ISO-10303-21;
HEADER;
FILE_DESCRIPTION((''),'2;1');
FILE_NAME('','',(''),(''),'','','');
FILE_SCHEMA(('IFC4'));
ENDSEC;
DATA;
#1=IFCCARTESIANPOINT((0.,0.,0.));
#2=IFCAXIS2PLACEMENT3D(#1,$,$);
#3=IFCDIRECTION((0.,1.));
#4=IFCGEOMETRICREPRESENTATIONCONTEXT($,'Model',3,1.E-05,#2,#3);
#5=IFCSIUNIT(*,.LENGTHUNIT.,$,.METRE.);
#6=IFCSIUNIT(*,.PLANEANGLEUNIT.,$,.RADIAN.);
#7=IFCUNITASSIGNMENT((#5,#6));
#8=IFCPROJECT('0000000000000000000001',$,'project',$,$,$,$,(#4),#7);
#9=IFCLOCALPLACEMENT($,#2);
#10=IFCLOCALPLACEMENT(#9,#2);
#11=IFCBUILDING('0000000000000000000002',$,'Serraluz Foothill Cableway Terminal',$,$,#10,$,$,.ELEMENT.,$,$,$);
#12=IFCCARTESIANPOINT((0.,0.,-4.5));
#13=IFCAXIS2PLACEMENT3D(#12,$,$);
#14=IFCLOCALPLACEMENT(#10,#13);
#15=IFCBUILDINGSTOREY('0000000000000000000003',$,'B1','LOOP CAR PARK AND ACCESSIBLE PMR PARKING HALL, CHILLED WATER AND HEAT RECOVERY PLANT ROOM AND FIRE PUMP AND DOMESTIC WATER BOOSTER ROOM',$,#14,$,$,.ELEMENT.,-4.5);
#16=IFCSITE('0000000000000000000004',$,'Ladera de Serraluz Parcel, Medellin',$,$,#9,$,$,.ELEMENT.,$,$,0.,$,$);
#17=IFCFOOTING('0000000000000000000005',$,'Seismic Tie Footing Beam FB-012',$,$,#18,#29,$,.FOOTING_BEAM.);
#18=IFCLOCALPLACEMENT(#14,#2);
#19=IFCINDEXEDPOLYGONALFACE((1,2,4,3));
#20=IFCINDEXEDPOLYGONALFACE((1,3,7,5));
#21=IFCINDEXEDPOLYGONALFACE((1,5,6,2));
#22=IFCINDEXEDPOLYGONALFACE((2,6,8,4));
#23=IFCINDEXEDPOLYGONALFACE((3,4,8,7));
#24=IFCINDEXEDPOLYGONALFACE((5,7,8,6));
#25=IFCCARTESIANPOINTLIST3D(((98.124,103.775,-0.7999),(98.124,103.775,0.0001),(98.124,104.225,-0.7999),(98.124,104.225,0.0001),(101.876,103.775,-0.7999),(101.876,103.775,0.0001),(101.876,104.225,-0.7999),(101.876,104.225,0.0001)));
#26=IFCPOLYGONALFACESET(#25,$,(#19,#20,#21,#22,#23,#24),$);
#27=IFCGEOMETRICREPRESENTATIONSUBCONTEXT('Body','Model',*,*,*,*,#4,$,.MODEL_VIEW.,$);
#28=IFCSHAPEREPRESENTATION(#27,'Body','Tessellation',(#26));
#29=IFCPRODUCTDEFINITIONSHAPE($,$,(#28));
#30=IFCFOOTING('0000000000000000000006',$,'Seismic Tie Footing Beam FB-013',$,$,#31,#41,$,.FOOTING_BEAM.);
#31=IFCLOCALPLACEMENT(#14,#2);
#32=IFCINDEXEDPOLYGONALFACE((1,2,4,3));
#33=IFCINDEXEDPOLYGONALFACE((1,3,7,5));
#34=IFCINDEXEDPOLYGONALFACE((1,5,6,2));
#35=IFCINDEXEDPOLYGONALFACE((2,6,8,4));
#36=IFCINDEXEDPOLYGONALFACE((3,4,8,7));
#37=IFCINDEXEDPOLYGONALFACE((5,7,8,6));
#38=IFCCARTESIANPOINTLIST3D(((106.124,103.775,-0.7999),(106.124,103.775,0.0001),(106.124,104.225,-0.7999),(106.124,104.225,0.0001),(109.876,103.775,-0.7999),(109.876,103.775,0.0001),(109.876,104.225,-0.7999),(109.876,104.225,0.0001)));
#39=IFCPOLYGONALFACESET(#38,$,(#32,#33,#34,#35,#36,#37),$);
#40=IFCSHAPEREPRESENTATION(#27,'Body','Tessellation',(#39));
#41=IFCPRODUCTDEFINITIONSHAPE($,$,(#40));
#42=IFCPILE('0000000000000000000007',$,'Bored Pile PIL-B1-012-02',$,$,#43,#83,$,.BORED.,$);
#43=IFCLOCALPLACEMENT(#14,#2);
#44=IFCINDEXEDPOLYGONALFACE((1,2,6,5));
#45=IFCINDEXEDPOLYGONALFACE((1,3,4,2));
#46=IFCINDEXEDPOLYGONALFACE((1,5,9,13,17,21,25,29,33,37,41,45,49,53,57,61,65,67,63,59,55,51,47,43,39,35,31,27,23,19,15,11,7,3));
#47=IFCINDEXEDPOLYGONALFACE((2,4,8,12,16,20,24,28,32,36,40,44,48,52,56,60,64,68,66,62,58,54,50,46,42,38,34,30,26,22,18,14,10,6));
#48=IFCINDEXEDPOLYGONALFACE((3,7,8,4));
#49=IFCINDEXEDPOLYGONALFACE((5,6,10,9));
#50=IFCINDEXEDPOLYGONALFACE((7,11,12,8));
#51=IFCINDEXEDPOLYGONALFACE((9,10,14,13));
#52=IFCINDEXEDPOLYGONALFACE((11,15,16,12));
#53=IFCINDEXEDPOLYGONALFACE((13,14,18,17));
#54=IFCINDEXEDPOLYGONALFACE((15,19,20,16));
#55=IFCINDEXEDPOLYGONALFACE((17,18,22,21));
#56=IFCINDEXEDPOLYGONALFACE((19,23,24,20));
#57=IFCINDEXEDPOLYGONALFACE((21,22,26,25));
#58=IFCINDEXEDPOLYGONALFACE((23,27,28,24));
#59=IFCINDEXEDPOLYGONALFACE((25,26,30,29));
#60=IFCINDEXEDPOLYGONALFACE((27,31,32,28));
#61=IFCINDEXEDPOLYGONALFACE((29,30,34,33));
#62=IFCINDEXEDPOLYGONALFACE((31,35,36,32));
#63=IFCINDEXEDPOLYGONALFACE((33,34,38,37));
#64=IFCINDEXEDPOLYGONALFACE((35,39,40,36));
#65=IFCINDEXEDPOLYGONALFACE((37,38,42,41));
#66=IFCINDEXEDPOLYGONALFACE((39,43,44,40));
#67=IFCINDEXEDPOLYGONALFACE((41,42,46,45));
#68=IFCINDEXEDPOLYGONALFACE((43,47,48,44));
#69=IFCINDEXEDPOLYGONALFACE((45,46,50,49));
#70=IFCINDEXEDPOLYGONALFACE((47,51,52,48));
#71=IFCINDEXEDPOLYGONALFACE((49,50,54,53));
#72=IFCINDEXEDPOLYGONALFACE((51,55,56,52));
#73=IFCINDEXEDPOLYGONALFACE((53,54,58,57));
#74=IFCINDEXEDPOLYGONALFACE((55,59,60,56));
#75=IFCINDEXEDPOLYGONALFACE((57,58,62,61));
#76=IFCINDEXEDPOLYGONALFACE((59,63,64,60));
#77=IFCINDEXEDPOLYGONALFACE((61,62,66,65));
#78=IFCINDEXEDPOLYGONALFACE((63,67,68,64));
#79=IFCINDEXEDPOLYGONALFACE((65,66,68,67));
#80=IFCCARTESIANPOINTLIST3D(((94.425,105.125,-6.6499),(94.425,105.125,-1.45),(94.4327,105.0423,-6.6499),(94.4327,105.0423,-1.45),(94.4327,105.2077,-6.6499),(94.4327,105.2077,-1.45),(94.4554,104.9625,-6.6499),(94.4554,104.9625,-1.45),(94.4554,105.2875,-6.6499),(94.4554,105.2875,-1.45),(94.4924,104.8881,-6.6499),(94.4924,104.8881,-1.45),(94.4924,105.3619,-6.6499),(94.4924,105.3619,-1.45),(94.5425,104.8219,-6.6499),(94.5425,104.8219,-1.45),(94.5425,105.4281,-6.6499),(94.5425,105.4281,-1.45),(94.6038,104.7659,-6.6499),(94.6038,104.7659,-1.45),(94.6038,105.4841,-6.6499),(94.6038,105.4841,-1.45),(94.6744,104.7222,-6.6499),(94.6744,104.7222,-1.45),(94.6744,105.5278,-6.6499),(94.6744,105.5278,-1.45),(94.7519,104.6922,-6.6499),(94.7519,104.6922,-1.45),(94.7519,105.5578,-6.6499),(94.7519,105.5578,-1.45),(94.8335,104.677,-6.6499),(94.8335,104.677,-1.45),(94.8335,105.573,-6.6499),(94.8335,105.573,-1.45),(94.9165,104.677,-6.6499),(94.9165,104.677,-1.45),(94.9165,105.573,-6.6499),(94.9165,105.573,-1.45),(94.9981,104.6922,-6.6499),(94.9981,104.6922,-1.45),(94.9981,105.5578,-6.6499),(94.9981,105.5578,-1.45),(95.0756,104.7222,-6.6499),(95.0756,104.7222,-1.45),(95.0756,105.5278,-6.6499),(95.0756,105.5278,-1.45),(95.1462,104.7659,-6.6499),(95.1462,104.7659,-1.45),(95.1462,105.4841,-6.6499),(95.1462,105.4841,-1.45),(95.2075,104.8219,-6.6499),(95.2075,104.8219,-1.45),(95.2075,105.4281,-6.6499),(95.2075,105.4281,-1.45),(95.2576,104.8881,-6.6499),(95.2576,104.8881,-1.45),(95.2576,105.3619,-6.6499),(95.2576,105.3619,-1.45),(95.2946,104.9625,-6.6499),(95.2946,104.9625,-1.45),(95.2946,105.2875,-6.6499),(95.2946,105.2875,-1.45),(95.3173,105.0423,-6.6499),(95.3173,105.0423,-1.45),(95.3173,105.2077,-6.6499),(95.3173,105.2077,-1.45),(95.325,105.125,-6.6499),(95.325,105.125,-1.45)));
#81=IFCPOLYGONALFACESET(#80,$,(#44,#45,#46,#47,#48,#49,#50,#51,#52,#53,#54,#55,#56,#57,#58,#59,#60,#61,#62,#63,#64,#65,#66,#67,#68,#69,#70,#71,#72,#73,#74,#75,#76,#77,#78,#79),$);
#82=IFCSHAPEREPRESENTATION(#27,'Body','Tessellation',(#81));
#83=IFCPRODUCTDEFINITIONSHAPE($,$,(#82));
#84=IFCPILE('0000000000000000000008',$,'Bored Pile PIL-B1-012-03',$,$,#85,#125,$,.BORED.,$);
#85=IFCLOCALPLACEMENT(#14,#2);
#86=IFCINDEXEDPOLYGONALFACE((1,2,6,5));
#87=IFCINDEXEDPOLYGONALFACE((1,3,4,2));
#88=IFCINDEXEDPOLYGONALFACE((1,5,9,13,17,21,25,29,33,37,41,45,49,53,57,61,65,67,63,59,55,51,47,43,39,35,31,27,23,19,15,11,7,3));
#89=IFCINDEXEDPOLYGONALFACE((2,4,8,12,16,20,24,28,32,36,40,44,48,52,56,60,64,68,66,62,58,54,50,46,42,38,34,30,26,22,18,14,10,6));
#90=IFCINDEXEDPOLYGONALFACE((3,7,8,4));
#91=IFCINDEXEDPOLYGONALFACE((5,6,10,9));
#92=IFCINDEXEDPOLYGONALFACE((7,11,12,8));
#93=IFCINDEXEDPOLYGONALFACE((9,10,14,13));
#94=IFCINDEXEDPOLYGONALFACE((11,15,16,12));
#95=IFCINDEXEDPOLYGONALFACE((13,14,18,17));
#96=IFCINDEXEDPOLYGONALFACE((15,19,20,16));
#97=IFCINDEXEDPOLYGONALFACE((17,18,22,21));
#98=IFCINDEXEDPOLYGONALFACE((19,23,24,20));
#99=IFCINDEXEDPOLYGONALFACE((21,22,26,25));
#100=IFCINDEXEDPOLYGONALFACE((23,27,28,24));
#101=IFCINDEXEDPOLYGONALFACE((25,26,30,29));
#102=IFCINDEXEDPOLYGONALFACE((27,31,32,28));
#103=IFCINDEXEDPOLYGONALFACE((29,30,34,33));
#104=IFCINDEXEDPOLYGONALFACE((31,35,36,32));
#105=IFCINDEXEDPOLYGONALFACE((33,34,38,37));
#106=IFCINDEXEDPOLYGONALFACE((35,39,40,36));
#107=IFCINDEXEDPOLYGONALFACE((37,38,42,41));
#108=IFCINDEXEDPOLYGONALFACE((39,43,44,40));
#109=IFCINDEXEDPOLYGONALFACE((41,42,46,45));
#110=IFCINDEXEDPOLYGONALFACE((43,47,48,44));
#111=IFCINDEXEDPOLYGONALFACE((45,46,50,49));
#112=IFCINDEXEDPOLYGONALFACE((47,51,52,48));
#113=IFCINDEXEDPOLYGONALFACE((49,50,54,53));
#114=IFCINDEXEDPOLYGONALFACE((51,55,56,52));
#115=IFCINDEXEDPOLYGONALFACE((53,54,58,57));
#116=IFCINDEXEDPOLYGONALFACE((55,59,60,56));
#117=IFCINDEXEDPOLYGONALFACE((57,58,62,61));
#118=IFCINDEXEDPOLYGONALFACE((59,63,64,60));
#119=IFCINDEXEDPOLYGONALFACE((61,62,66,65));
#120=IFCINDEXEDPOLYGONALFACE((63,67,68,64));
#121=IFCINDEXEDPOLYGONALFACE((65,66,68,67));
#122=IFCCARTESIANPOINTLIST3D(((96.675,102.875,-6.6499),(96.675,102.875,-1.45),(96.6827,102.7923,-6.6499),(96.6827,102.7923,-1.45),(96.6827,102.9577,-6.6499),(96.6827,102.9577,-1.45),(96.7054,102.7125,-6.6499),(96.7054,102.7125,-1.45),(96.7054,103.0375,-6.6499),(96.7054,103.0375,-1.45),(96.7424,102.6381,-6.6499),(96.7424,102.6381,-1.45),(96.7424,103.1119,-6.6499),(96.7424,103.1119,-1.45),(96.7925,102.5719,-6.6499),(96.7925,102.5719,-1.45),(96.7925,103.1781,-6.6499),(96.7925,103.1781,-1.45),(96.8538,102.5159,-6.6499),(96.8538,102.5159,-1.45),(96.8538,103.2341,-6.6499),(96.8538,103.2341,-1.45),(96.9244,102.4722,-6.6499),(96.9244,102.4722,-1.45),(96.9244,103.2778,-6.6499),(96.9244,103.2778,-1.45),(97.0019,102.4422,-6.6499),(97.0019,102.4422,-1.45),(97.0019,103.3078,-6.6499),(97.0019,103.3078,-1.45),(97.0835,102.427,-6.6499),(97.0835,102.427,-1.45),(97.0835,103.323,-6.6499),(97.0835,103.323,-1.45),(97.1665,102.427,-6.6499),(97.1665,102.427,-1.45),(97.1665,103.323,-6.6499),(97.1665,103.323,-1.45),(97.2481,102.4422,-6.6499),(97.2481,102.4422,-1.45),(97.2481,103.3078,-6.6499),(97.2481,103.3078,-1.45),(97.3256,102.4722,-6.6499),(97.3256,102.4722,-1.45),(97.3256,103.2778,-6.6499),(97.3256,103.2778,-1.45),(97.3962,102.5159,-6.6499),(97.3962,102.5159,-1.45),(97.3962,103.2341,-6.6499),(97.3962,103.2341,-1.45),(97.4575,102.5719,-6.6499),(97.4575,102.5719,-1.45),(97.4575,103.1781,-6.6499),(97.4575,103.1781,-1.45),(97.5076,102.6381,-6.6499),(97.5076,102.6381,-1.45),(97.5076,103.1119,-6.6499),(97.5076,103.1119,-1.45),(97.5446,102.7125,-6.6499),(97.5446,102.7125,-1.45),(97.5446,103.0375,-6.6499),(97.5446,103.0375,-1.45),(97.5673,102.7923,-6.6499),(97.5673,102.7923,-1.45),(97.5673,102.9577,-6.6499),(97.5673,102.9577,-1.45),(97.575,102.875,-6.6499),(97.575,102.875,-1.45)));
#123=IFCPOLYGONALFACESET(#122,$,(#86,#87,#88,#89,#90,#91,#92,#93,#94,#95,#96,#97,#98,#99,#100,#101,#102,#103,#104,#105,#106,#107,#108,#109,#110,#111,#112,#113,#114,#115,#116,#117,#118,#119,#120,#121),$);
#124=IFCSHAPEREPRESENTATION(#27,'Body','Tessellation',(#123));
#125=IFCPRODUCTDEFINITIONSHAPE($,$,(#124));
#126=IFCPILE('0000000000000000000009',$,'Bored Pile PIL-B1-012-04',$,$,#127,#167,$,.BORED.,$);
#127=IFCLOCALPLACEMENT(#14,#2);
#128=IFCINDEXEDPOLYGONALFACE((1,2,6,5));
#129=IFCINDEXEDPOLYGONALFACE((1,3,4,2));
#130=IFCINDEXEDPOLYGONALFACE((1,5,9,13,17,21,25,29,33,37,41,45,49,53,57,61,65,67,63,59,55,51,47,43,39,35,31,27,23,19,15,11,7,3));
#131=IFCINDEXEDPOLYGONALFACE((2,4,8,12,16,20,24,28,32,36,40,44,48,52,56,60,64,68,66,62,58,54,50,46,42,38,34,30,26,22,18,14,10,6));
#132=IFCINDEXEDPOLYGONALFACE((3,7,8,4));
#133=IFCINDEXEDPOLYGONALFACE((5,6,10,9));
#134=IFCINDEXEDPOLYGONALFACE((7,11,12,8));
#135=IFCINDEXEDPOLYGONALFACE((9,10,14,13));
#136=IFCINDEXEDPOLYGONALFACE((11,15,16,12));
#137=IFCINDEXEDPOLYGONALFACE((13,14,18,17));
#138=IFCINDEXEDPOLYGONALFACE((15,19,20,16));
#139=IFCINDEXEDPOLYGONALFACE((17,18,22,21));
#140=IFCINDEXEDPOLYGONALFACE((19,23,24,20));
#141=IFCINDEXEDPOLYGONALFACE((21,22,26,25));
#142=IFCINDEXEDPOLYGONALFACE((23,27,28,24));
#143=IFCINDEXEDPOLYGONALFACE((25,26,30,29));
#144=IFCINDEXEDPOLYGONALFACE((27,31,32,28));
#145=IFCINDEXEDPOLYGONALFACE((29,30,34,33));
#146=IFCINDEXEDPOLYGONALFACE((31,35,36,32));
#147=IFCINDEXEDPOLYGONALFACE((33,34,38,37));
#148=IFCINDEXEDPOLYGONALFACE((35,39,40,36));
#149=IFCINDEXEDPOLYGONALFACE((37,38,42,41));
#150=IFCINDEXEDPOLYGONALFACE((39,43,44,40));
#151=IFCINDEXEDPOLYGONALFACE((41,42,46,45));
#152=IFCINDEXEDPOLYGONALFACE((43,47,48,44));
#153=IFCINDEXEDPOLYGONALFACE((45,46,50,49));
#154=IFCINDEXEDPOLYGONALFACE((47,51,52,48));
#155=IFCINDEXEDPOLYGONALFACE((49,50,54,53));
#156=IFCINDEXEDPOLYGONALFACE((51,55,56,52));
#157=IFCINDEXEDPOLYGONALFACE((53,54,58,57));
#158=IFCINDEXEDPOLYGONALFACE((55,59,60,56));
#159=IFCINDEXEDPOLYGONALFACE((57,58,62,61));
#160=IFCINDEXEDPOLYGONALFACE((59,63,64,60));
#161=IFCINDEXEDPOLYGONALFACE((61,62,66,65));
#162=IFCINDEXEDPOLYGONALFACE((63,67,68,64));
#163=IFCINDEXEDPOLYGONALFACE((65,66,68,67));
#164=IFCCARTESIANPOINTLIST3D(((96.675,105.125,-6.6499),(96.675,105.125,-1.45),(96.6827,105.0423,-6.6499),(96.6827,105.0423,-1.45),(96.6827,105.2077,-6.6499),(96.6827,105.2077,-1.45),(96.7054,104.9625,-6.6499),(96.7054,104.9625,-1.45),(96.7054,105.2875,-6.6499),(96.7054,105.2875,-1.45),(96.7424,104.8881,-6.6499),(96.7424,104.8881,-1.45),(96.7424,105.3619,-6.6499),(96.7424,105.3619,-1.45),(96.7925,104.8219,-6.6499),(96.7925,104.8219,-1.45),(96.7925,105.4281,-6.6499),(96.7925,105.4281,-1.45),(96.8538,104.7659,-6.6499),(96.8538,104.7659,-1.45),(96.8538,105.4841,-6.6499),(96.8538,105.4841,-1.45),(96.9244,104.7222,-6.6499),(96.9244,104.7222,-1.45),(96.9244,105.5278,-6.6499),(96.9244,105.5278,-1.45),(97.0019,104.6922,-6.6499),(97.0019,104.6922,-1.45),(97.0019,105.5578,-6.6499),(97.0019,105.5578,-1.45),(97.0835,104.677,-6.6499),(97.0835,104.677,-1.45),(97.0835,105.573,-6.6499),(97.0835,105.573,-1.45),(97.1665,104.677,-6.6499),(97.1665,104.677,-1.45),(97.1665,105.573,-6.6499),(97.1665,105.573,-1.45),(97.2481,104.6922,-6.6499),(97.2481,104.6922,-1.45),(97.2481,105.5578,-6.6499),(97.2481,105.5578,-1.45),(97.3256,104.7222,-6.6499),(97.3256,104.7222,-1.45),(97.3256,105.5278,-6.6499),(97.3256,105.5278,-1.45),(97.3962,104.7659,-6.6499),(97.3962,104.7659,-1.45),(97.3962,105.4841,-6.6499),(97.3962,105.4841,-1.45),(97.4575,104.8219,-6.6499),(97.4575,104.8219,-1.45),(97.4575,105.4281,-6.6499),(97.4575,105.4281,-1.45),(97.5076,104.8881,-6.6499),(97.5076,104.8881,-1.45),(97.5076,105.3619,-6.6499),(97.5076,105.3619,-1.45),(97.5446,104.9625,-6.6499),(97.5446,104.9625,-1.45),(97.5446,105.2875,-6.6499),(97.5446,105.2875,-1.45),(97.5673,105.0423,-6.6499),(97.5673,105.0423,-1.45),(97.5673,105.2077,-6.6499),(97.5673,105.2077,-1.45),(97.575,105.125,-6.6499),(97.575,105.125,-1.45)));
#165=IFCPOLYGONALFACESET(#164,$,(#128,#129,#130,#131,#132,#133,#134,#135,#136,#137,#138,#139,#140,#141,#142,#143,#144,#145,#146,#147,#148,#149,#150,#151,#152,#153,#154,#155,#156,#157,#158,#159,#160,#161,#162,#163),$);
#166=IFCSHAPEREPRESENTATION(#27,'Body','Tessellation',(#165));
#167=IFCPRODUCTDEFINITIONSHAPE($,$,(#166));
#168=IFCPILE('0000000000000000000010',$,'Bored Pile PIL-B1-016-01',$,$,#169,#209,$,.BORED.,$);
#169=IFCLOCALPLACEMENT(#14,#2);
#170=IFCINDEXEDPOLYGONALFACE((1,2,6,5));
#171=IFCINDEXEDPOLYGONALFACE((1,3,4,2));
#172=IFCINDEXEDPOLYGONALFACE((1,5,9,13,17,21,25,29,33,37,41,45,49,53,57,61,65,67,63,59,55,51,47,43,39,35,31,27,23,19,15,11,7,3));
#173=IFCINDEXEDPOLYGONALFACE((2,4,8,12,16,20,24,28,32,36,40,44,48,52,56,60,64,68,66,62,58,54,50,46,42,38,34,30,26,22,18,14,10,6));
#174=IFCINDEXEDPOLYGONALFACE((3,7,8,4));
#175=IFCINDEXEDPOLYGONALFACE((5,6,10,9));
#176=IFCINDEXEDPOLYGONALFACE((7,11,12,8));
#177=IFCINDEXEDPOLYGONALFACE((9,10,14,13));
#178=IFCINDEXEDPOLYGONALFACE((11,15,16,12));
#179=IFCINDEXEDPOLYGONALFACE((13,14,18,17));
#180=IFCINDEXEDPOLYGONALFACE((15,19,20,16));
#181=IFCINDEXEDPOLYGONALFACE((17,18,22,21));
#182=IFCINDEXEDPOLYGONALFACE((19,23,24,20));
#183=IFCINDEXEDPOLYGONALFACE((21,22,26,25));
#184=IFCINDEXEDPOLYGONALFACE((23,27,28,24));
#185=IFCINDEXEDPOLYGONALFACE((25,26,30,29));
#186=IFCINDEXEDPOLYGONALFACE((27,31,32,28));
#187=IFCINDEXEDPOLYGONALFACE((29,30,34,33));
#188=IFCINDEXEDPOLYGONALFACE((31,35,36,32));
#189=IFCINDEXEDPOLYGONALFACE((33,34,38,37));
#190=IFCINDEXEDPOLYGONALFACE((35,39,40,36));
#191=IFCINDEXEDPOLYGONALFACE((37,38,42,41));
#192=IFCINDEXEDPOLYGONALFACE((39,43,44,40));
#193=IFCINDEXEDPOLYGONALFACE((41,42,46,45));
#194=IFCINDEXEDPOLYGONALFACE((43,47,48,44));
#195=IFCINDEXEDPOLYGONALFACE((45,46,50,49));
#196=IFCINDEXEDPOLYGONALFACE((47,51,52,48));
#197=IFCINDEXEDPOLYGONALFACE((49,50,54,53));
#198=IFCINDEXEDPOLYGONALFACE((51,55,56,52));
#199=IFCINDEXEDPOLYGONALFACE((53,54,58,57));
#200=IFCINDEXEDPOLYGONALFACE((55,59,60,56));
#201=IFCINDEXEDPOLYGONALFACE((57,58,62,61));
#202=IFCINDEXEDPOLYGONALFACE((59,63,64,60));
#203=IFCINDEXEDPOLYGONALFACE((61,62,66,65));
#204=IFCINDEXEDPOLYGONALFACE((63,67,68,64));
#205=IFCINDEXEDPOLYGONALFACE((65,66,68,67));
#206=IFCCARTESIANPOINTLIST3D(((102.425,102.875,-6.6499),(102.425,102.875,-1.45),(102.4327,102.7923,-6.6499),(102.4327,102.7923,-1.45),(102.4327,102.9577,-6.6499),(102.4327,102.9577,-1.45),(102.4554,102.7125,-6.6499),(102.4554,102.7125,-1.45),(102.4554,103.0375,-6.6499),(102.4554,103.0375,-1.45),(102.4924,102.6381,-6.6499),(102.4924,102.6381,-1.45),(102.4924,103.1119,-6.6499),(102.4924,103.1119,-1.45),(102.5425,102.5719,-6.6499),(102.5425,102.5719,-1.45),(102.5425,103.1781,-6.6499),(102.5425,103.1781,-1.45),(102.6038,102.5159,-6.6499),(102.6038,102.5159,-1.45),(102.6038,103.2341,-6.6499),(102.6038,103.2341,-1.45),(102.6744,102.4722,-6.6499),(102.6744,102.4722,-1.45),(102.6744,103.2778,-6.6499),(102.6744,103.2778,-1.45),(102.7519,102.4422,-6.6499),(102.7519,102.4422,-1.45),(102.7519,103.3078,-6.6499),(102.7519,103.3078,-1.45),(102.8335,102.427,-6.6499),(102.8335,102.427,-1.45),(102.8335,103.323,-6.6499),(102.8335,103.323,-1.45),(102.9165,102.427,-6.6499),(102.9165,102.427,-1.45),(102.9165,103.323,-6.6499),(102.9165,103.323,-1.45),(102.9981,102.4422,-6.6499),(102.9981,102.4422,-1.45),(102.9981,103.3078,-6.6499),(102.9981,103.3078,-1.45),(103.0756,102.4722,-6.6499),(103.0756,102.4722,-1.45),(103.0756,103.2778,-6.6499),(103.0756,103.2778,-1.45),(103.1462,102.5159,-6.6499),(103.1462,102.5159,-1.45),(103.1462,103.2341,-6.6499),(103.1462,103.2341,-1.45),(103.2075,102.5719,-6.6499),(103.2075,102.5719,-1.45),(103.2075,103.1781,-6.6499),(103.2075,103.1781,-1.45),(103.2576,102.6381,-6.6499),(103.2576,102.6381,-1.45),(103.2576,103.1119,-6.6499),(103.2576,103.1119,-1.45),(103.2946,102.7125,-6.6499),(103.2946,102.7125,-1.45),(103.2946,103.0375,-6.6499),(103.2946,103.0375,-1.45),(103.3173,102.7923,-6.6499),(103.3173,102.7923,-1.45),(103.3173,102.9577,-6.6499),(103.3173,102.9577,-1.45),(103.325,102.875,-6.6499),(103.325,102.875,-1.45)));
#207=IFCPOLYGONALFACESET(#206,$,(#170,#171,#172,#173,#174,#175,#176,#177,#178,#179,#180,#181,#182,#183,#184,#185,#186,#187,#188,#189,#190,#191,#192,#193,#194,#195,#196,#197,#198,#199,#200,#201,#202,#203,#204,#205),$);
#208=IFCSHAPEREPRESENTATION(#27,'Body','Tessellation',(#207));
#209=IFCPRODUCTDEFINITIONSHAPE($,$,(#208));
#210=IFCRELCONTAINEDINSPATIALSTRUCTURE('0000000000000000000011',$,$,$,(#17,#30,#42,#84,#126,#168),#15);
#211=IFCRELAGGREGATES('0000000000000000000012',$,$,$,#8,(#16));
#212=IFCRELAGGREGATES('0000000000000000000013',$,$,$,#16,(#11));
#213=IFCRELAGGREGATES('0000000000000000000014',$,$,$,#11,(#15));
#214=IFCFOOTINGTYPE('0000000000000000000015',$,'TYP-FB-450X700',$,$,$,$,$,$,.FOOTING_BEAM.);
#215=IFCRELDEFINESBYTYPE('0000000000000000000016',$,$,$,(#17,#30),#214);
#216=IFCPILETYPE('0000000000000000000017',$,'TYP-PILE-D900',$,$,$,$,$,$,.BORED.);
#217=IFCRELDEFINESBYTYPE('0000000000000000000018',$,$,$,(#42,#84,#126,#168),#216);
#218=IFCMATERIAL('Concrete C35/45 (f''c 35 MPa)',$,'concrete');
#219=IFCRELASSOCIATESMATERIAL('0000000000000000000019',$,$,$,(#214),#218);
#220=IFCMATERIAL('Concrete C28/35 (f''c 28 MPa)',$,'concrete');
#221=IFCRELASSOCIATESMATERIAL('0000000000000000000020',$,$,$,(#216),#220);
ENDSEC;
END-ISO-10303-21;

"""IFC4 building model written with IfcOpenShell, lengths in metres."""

from ifc_helpers import new_model, si_unit, direction, frame, origin, origin_2d, place, context, subcontext, project, spatial, rectangle, circle, extrude, material, material_profile, profile_set, type_object, element, save


model = new_model("IFC4")

# Units and contexts
model_context = context("Model", 3, precision=1e-05, world=origin(), true_north=direction((0.0, 1.0)))
body_context = subcontext(model_context, "Body", "Model", "MODEL_VIEW")
ifc_project = project(units=[si_unit("LENGTHUNIT", "METRE"), si_unit("PLANEANGLEUNIT", "RADIAN")], contexts=[model_context])

# Site, building, storey
site_placement = place(None, origin())
site = spatial("IfcSite", under=ifc_project, at=site_placement, Name="Ladera de Serraluz Parcel, Medellin", CompositionType="ELEMENT", RefElevation=0.0)
building_placement = place(site_placement, origin())
building = spatial("IfcBuilding", under=site, at=building_placement, Name="Serraluz Foothill Cableway Terminal", CompositionType="ELEMENT")
storey_placement = place(building_placement, frame((0.0, 0.0, -4.5)))
storey = spatial("IfcBuildingStorey", under=building, at=storey_placement, Name="B1", Description="LOOP CAR PARK AND ACCESSIBLE PMR PARKING HALL, CHILLED WATER AND HEAT RECOVERY PLANT ROOM AND FIRE PUMP AND DOMESTIC WATER BOOSTER ROOM", CompositionType="ELEMENT", Elevation=-4.5)

# Footings
ifc_material_1 = material(Name="Concrete C35/45 (f'c 35 MPa)", Category="concrete")
ifc_material_profile_1 = material_profile(ifc_material_1, rectangle(XDim=0.45, YDim=0.8, at=origin_2d()), Name="RC 450x800")
ifc_profile_set_1 = profile_set([ifc_material_profile_1], Name="Concrete C35/45 (f'c 35 MPa)")
footing_type_1 = type_object("IfcFootingType", Name="TYP-FB-450X700", PredefinedType="FOOTING_BEAM", material=ifc_profile_set_1)
for number, where, z_axis, x_axis, name in (
    (1, (98.124, 104.0, -0.3999), (1.0, 0.0, 0.0), (0.0, 1.0, 0.0), "Seismic Tie Footing Beam FB-012"),
    (2, (106.124, 104.0, -0.3999), (1.0, 0.0, 0.0), (0.0, 1.0, 0.0), "Seismic Tie Footing Beam FB-013"),
):
    element("IfcFooting", number, at=place(storey_placement, frame(where, z_axis=z_axis, x_axis=x_axis)), inside=storey, type_object=footing_type_1, Name=name, PredefinedType="FOOTING_BEAM", context=body_context, shape_type="SweptSolid", body=[
        extrude(rectangle(XDim=0.45, YDim=0.8, at=origin_2d()), origin(), (0.0, 0.0, 1.0), 3.752),
    ])

# Piles
ifc_material_2 = material(Name="Concrete C28/35 (f'c 28 MPa)", Category="concrete")
ifc_material_profile_2 = material_profile(ifc_material_2, circle(Radius=0.45, at=origin_2d()), Name="BORED PILE D900")
ifc_profile_set_2 = profile_set([ifc_material_profile_2], Name="Concrete C28/35 (f'c 28 MPa)")
pile_type = type_object("IfcPileType", Name="TYP-PILE-D900", PredefinedType="BORED", material=ifc_profile_set_2)
for number, where, z_axis, x_axis, name in (
    (3, (94.875, 105.125, -1.45), (0.0, 0.0, -1.0), (1.0, 0.0, 0.0), "Bored Pile PIL-B1-012-02"),
    (4, (97.125, 102.875, -1.45), (0.0, 0.0, -1.0), (1.0, 0.0, 0.0), "Bored Pile PIL-B1-012-03"),
    (5, (97.125, 105.125, -1.45), (0.0, 0.0, -1.0), (1.0, 0.0, 0.0), "Bored Pile PIL-B1-012-04"),
    (6, (102.875, 102.875, -1.45), (0.0, 0.0, -1.0), (1.0, 0.0, 0.0), "Bored Pile PIL-B1-016-01"),
):
    element("IfcPile", number, at=place(storey_placement, frame(where, z_axis=z_axis, x_axis=x_axis)), inside=storey, type_object=pile_type, Name=name, PredefinedType="BORED", context=body_context, shape_type="SweptSolid", body=[
        extrude(circle(Radius=0.45, at=origin_2d()), origin(), (0.0, 0.0, 1.0), 5.2),
    ])

save(model, "model.ifc")
